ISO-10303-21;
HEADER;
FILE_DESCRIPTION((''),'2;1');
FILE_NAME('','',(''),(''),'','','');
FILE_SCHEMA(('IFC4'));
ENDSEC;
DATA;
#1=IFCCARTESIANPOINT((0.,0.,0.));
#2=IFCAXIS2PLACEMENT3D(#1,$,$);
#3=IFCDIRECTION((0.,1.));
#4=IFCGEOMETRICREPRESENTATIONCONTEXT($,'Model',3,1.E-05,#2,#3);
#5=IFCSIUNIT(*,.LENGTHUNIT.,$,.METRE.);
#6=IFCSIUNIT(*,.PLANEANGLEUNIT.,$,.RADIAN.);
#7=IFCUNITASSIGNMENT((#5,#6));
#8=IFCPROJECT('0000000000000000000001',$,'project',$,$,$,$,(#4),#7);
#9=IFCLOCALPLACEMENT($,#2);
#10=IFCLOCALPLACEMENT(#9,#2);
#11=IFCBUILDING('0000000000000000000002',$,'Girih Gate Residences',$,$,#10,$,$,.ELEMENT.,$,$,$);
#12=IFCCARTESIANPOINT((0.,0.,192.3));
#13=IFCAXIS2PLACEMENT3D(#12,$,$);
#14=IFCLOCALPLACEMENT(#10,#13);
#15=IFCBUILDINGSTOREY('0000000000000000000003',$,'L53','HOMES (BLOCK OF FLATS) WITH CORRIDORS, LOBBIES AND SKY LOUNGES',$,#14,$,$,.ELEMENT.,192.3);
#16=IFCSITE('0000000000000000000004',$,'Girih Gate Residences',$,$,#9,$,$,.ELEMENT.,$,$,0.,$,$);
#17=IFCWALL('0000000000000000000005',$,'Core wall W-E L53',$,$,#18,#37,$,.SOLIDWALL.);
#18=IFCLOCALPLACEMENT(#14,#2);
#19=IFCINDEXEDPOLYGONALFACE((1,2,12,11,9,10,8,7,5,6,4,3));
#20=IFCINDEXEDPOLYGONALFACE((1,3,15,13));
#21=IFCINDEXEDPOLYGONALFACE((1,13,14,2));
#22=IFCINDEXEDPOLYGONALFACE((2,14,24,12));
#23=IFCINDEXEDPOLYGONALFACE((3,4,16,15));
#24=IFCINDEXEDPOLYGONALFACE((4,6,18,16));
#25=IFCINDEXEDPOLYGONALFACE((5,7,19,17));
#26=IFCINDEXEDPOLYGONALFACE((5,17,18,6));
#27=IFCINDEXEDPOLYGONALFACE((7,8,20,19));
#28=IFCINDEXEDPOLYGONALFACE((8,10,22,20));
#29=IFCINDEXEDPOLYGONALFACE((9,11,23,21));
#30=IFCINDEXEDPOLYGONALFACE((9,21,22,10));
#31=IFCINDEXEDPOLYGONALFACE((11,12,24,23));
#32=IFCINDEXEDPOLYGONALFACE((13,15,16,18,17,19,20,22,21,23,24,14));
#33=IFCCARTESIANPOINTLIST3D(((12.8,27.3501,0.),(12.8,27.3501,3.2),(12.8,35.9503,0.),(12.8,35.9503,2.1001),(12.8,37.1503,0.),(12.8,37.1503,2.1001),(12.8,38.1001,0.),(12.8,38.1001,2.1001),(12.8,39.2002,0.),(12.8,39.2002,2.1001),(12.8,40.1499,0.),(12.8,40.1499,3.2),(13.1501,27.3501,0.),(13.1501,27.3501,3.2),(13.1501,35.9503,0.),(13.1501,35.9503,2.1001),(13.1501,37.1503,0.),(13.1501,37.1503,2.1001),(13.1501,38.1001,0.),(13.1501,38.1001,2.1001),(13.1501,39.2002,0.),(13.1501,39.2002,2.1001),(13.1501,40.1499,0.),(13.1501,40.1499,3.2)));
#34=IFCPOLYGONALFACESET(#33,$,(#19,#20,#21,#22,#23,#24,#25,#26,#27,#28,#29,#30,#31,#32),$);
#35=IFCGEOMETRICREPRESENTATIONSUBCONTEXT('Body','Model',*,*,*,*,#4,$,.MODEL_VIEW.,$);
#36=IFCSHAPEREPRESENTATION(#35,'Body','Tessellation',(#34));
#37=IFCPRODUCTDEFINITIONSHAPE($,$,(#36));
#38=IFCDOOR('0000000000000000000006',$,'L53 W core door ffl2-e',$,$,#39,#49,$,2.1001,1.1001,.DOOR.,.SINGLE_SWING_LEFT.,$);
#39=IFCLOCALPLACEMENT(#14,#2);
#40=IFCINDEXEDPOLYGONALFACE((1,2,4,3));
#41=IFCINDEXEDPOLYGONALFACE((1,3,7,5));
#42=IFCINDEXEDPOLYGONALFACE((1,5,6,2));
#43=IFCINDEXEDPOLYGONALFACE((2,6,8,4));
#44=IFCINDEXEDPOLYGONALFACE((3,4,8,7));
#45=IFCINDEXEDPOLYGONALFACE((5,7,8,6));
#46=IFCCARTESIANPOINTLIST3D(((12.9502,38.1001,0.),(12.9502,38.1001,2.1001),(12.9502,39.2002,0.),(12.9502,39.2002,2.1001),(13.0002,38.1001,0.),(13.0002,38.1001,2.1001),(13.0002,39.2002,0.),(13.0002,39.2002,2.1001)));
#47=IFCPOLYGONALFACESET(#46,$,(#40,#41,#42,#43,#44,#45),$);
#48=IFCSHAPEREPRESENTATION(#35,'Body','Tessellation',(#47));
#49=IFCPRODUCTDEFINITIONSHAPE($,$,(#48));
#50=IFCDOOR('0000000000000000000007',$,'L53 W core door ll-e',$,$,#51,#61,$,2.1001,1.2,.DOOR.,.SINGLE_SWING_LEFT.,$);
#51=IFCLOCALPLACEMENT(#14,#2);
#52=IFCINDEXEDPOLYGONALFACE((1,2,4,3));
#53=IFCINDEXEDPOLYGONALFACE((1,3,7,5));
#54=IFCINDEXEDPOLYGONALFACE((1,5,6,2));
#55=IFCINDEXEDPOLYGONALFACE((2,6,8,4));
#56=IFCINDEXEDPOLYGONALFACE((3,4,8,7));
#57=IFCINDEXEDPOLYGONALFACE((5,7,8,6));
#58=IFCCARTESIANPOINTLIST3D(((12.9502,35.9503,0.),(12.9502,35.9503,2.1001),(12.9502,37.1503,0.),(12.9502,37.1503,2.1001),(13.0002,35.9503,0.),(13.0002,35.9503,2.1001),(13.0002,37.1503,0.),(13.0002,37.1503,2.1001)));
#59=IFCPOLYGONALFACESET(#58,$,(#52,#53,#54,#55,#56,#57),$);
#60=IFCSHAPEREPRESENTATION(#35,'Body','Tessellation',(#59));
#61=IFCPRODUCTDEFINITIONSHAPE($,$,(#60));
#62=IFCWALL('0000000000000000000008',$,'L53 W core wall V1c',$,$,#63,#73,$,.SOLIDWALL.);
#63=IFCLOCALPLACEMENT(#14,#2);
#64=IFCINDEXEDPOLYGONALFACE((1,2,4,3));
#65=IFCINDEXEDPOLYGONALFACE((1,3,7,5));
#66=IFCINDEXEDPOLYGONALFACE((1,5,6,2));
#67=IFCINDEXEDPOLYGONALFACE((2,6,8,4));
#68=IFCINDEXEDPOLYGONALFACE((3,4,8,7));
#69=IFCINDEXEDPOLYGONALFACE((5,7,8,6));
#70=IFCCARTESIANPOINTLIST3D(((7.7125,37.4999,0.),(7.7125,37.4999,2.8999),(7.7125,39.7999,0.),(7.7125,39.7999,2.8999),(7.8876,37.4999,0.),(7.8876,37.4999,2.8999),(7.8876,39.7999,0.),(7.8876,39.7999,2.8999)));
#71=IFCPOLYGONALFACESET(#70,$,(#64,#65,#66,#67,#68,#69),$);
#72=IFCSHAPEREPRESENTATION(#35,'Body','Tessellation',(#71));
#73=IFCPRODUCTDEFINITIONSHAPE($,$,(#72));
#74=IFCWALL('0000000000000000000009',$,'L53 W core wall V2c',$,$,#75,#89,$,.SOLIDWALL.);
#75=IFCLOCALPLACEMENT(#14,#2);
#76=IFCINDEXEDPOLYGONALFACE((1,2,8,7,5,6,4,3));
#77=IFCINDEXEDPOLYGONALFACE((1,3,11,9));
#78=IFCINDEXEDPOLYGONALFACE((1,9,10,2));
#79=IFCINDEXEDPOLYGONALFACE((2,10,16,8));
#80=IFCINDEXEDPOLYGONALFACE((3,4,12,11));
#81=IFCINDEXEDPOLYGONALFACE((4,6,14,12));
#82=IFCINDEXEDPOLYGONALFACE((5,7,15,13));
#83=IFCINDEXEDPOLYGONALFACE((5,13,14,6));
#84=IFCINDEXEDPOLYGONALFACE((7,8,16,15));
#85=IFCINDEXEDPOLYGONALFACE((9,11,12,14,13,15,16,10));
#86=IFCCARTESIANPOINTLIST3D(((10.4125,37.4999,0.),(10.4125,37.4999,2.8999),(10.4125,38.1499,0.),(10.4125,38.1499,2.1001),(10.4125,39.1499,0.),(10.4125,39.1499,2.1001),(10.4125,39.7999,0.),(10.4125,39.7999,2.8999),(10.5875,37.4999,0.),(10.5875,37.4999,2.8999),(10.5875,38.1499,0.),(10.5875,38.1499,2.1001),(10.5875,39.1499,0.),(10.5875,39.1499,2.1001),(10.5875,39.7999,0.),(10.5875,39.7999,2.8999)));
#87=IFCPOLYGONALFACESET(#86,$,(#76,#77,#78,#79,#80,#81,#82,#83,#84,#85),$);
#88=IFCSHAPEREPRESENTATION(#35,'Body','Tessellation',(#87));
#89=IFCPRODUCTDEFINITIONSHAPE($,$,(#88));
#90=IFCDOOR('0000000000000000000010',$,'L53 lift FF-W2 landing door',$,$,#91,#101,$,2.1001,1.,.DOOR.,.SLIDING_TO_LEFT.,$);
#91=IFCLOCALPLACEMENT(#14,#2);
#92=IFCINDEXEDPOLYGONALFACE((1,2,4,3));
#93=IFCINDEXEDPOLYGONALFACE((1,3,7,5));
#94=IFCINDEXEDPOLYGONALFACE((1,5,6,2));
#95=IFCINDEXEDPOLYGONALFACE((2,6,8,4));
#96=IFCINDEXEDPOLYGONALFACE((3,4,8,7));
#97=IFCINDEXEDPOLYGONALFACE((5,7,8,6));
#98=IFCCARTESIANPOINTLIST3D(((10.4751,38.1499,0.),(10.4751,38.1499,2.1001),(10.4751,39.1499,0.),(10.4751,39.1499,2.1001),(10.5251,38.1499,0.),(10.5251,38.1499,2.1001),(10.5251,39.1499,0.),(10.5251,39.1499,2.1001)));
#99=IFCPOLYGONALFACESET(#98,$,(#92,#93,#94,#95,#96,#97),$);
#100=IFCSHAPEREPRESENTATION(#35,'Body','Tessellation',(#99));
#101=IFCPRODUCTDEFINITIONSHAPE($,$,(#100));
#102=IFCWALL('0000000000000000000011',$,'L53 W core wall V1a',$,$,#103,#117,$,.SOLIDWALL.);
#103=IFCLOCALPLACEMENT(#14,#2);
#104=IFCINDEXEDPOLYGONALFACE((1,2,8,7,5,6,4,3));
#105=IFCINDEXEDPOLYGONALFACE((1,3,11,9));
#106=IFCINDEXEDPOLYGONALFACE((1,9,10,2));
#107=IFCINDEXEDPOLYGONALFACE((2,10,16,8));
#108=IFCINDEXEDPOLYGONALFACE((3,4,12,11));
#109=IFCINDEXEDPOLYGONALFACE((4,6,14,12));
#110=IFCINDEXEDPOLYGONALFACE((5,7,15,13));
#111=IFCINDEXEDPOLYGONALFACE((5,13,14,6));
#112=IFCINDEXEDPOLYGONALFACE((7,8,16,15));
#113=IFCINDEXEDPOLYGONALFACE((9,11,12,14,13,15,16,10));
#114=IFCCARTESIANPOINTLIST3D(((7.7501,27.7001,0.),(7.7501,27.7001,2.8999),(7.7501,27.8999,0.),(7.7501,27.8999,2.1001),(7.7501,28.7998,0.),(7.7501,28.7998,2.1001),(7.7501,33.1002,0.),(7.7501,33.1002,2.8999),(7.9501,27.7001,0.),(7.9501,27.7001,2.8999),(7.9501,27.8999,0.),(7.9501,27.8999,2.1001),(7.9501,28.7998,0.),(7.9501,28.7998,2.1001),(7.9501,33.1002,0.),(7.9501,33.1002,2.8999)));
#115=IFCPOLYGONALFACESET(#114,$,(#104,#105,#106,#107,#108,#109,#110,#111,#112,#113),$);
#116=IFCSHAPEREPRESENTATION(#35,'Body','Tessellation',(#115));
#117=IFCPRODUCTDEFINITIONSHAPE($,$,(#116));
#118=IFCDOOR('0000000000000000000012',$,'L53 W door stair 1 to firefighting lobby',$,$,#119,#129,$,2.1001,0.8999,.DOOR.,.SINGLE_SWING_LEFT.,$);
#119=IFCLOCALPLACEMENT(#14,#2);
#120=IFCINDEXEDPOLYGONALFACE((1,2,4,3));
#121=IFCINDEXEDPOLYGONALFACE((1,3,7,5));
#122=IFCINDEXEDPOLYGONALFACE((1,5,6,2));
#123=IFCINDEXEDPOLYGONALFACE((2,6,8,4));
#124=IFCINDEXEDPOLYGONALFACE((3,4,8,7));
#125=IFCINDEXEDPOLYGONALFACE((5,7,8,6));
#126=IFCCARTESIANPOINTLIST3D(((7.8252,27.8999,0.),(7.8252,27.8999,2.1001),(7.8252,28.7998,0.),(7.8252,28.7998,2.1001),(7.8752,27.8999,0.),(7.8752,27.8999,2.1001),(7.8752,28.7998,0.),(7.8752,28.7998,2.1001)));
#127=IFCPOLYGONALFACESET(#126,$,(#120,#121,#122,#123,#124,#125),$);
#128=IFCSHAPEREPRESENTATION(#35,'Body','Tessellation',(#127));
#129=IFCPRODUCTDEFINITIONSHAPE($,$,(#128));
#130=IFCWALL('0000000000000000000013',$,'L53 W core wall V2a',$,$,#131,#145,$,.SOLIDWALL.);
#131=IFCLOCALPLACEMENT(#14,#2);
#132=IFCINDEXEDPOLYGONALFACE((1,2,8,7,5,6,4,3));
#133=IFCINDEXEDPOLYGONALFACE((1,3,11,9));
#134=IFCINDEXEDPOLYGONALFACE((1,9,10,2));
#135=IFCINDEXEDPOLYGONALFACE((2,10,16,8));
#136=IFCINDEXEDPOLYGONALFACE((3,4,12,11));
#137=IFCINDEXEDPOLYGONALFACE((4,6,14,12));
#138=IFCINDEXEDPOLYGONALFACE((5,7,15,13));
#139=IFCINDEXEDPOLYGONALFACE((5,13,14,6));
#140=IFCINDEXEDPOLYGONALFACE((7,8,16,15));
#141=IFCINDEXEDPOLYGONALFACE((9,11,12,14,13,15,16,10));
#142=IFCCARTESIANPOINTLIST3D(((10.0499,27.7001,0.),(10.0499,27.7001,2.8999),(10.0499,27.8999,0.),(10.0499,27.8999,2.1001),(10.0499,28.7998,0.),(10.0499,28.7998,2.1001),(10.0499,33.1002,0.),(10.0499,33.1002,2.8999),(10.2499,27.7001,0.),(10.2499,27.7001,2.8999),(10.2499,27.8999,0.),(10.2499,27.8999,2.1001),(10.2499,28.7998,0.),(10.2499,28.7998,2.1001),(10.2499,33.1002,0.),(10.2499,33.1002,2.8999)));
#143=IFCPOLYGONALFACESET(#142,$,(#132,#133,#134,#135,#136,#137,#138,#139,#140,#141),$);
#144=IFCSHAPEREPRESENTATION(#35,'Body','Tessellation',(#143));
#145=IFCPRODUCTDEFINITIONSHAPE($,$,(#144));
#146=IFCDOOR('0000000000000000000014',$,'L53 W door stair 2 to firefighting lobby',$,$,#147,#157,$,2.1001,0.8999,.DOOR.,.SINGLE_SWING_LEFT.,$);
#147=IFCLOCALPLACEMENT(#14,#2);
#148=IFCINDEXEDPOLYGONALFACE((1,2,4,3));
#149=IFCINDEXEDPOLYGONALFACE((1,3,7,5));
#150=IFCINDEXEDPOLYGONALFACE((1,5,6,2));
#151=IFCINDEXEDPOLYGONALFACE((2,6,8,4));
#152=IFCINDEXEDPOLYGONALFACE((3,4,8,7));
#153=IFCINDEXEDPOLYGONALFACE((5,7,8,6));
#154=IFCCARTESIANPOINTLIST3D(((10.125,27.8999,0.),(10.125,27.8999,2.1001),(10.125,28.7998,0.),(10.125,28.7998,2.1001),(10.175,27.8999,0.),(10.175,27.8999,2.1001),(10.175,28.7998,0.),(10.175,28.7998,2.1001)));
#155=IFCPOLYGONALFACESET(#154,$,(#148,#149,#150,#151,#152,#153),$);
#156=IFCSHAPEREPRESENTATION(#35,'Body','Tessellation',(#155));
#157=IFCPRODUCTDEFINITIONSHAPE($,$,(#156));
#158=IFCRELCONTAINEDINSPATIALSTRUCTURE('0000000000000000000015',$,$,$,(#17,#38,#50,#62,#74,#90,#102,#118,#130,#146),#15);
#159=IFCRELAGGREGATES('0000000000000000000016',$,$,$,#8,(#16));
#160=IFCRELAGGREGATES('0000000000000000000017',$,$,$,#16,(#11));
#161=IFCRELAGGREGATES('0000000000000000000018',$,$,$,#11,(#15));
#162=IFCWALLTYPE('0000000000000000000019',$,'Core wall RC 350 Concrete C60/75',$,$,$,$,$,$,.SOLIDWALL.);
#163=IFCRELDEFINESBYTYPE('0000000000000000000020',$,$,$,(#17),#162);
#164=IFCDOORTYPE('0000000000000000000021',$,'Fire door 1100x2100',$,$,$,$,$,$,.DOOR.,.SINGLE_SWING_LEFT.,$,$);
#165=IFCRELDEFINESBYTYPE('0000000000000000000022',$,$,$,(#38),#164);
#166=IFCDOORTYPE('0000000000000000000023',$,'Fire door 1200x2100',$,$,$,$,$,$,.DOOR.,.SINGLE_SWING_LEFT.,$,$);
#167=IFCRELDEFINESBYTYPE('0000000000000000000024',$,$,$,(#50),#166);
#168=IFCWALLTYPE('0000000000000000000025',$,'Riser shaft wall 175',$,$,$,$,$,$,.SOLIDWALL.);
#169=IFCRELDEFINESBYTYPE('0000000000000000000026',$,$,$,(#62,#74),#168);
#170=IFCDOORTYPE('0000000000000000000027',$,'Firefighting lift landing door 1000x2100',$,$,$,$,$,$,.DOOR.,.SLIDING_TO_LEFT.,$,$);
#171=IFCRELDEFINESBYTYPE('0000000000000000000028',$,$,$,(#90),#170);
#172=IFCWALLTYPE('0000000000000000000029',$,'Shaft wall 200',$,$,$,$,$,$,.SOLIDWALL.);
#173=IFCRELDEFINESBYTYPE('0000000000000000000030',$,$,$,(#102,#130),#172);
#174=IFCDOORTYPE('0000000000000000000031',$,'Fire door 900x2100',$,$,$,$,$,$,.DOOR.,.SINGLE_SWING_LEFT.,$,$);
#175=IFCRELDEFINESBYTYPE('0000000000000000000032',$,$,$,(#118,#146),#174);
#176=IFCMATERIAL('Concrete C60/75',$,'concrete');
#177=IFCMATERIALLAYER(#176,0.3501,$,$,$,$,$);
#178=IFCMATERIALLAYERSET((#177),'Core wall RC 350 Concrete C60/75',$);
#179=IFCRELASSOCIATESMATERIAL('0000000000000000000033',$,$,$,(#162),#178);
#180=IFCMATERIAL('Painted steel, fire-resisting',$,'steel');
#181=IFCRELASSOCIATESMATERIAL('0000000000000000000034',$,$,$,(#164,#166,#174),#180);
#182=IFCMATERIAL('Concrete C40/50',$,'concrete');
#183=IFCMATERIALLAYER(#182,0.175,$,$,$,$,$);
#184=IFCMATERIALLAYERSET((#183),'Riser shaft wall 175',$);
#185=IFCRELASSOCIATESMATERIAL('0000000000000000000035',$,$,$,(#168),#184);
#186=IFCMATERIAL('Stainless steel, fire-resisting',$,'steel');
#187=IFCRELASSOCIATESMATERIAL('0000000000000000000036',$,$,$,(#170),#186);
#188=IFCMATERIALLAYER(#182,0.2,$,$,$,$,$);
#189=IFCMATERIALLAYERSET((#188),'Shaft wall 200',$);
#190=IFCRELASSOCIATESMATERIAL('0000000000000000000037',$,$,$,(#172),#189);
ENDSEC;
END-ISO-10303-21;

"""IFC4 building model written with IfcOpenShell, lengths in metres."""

from ifc_helpers import new_model, si_unit, direction, frame, frame_2d, origin, place, context, subcontext, project, spatial, rectangle, extrude, material, layer, layer_set, type_object, element, fill, save


model = new_model("IFC4")

# Units and contexts
model_context = context("Model", 3, precision=1e-05, world=origin(), true_north=direction((0.0, 1.0)))
body_context = subcontext(model_context, "Body", "Model", "MODEL_VIEW")
ifc_project = project(units=[si_unit("LENGTHUNIT", "METRE"), si_unit("PLANEANGLEUNIT", "RADIAN")], contexts=[model_context])

# Site, building, storey
site_placement = place(None, origin())
site = spatial("IfcSite", under=ifc_project, at=site_placement, Name="Girih Gate Residences", CompositionType="ELEMENT", RefElevation=0.0)
building_placement = place(site_placement, origin())
building = spatial("IfcBuilding", under=site, at=building_placement, Name="Girih Gate Residences", CompositionType="ELEMENT")
storey_placement = place(building_placement, frame((0.0, 0.0, 192.3)))
storey = spatial("IfcBuildingStorey", under=building, at=storey_placement, Name="L53", Description="HOMES (BLOCK OF FLATS) WITH CORRIDORS, LOBBIES AND SKY LOUNGES", CompositionType="ELEMENT", Elevation=192.3)

# Wall, openings, doors
ifc_material_1 = material(Name="Concrete C60/75", Category="concrete")
ifc_layer_1 = layer(ifc_material_1, 0.3501)
ifc_layer_set_1 = layer_set([ifc_layer_1], Name="Core wall RC 350 Concrete C60/75")
wall_type_1 = type_object("IfcWallType", Name="Core wall RC 350 Concrete C60/75", PredefinedType="SOLIDWALL", material=ifc_layer_set_1)
wall_1_placement = place(storey_placement, frame((12.9751, 27.3501, 0.0), z_axis=(0.0, 0.0, 1.0), x_axis=(0.0, 1.0, 0.0)))
wall_1 = element("IfcWall", 1, at=wall_1_placement, inside=storey, type_object=wall_type_1, Name="Core wall W-E L53", PredefinedType="SOLIDWALL", context=body_context, shape_type="SweptSolid", body=[
    extrude(rectangle(XDim=12.7998, YDim=0.3501, at=frame_2d((6.3999, 0.0))), origin(), (0.0, 0.0, 1.0), 3.2),
])
opening_1_placement = place(wall_1_placement, frame((10.75, 0.0, 0.0)))
opening_1 = element("IfcOpeningElement", 2, at=opening_1_placement, cuts=wall_1, PredefinedType="OPENING", context=body_context, shape_type="SweptSolid", body=[
    extrude(rectangle(XDim=1.1001, YDim=2.1001, at=frame_2d((0.55, 1.05))), frame((0.0, 0.1851, 0.0), z_axis=(0.0, -1.0, 0.0), x_axis=(1.0, 0.0, 0.0)), (0.0, 0.0, 1.0), 0.3701),
])
opening_2_placement = place(wall_1_placement, frame((8.6001, 0.0, 0.0)))
opening_2 = element("IfcOpeningElement", 3, at=opening_2_placement, cuts=wall_1, PredefinedType="OPENING", context=body_context, shape_type="SweptSolid", body=[
    extrude(rectangle(XDim=1.2, YDim=2.1001, at=frame_2d((0.6001, 1.05))), frame((0.0, 0.1851, 0.0), z_axis=(0.0, -1.0, 0.0), x_axis=(1.0, 0.0, 0.0)), (0.0, 0.0, 1.0), 0.3701),
])
ifc_material_2 = material(Name="Painted steel, fire-resisting", Category="steel")
door_type_1 = type_object("IfcDoorType", Name="Fire door 1100x2100", OperationType="SINGLE_SWING_LEFT", PredefinedType="DOOR", material=ifc_material_2)
door_1_placement = place(opening_1_placement, origin())
door_1 = element("IfcDoor", 4, at=door_1_placement, inside=storey, type_object=door_type_1, Name="L53 W core door ffl2-e", OperationType="SINGLE_SWING_LEFT", OverallHeight=2.1001, OverallWidth=1.1001, PredefinedType="DOOR", context=body_context, shape_type="SweptSolid", body=[
    extrude(rectangle(XDim=1.1001, YDim=2.1001, at=frame_2d((0.55, 1.05))), frame((0.0, 0.0249, 0.0), z_axis=(0.0, -1.0, 0.0), x_axis=(1.0, 0.0, 0.0)), (0.0, 0.0, 1.0), 0.05),
])
fill(opening_1, door_1)
door_type_2 = type_object("IfcDoorType", Name="Fire door 1200x2100", OperationType="SINGLE_SWING_LEFT", PredefinedType="DOOR", material=ifc_material_2)
door_2_placement = place(opening_2_placement, origin())
door_2 = element("IfcDoor", 5, at=door_2_placement, inside=storey, type_object=door_type_2, Name="L53 W core door ll-e", OperationType="SINGLE_SWING_LEFT", OverallHeight=2.1001, OverallWidth=1.2, PredefinedType="DOOR", context=body_context, shape_type="SweptSolid", body=[
    extrude(rectangle(XDim=1.2, YDim=2.1001, at=frame_2d((0.6001, 1.05))), frame((0.0, 0.0249, 0.0), z_axis=(0.0, -1.0, 0.0), x_axis=(1.0, 0.0, 0.0)), (0.0, 0.0, 1.0), 0.05),
])
fill(opening_2, door_2)

# Wall
ifc_material_3 = material(Name="Concrete C40/50", Category="concrete")
ifc_layer_2 = layer(ifc_material_3, 0.175)
ifc_layer_set_2 = layer_set([ifc_layer_2], Name="Riser shaft wall 175")
wall_type_2 = type_object("IfcWallType", Name="Riser shaft wall 175", PredefinedType="SOLIDWALL", material=ifc_layer_set_2)
wall_2_placement = place(storey_placement, frame((7.8, 37.5, 0.0), z_axis=(0.0, 0.0, 1.0), x_axis=(0.0, 1.0, 0.0)))
element("IfcWall", 6, at=wall_2_placement, inside=storey, type_object=wall_type_2, Name="L53 W core wall V1c", PredefinedType="SOLIDWALL", context=body_context, shape_type="SweptSolid", body=[
    extrude(rectangle(XDim=2.3, YDim=0.175, at=frame_2d((1.1499, 0.0))), origin(), (0.0, 0.0, 1.0), 2.8999),
])

# Walls, openings, doors
wall_3_placement = place(storey_placement, frame((10.5, 37.5, 0.0), z_axis=(0.0, 0.0, 1.0), x_axis=(0.0, 1.0, 0.0)))
wall_3 = element("IfcWall", 7, at=wall_3_placement, inside=storey, type_object=wall_type_2, Name="L53 W core wall V2c", PredefinedType="SOLIDWALL", context=body_context, shape_type="SweptSolid", body=[
    extrude(rectangle(XDim=2.3, YDim=0.175, at=frame_2d((1.1499, 0.0))), origin(), (0.0, 0.0, 1.0), 2.8999),
])
opening_3_placement = place(wall_3_placement, frame((0.6499, 0.0, 0.0)))
opening_3 = element("IfcOpeningElement", 8, at=opening_3_placement, cuts=wall_3, PredefinedType="OPENING", context=body_context, shape_type="SweptSolid", body=[
    extrude(rectangle(XDim=1.0, YDim=2.1001, at=frame_2d((0.5, 1.05))), frame((0.0, 0.0974, 0.0), z_axis=(0.0, -1.0, 0.0), x_axis=(1.0, 0.0, 0.0)), (0.0, 0.0, 1.0), 0.1951),
])
ifc_material_4 = material(Name="Stainless steel, fire-resisting", Category="steel")
door_type_3 = type_object("IfcDoorType", Name="Firefighting lift landing door 1000x2100", OperationType="SLIDING_TO_LEFT", PredefinedType="DOOR", material=ifc_material_4)
door_3_placement = place(opening_3_placement, origin())
door_3 = element("IfcDoor", 9, at=door_3_placement, inside=storey, type_object=door_type_3, Name="L53 lift FF-W2 landing door", OperationType="SLIDING_TO_LEFT", OverallHeight=2.1001, OverallWidth=1.0, PredefinedType="DOOR", context=body_context, shape_type="SweptSolid", body=[
    extrude(rectangle(XDim=1.0, YDim=2.1001, at=frame_2d((0.5, 1.05))), frame((0.0, 0.0249, 0.0), z_axis=(0.0, -1.0, 0.0), x_axis=(1.0, 0.0, 0.0)), (0.0, 0.0, 1.0), 0.05),
])
fill(opening_3, door_3)
ifc_layer_3 = layer(ifc_material_3, 0.2)
ifc_layer_set_3 = layer_set([ifc_layer_3], Name="Shaft wall 200")
wall_type_3 = type_object("IfcWallType", Name="Shaft wall 200", PredefinedType="SOLIDWALL", material=ifc_layer_set_3)
wall_4_placement = place(storey_placement, frame((7.8501, 27.7, 0.0), z_axis=(0.0, 0.0, 1.0), x_axis=(0.0, 1.0, 0.0)))
wall_4 = element("IfcWall", 10, at=wall_4_placement, inside=storey, type_object=wall_type_3, Name="L53 W core wall V1a", PredefinedType="SOLIDWALL", context=body_context, shape_type="SweptSolid", body=[
    extrude(rectangle(XDim=5.4001, YDim=0.2, at=frame_2d((2.7002, 0.0))), origin(), (0.0, 0.0, 1.0), 2.8999),
])
opening_4_placement = place(wall_4_placement, frame((0.2, 0.0, 0.0)))
opening_4 = element("IfcOpeningElement", 11, at=opening_4_placement, cuts=wall_4, PredefinedType="OPENING", context=body_context, shape_type="SweptSolid", body=[
    extrude(rectangle(XDim=0.8999, YDim=2.1001, at=frame_2d((0.45, 1.05))), frame((0.0, 0.1099, 0.0), z_axis=(0.0, -1.0, 0.0), x_axis=(1.0, 0.0, 0.0)), (0.0, 0.0, 1.0), 0.22),
])
door_type_4 = type_object("IfcDoorType", Name="Fire door 900x2100", OperationType="SINGLE_SWING_LEFT", PredefinedType="DOOR", material=ifc_material_2)
door_4_placement = place(opening_4_placement, origin())
door_4 = element("IfcDoor", 12, at=door_4_placement, inside=storey, type_object=door_type_4, Name="L53 W door stair 1 to firefighting lobby", OperationType="SINGLE_SWING_LEFT", OverallHeight=2.1001, OverallWidth=0.8999, PredefinedType="DOOR", context=body_context, shape_type="SweptSolid", body=[
    extrude(rectangle(XDim=0.8999, YDim=2.1001, at=frame_2d((0.45, 1.05))), frame((0.0, 0.0249, 0.0), z_axis=(0.0, -1.0, 0.0), x_axis=(1.0, 0.0, 0.0)), (0.0, 0.0, 1.0), 0.05),
])
fill(opening_4, door_4)
wall_5_placement = place(storey_placement, frame((10.1499, 27.7, 0.0), z_axis=(0.0, 0.0, 1.0), x_axis=(0.0, 1.0, 0.0)))
wall_5 = element("IfcWall", 13, at=wall_5_placement, inside=storey, type_object=wall_type_3, Name="L53 W core wall V2a", PredefinedType="SOLIDWALL", context=body_context, shape_type="SweptSolid", body=[
    extrude(rectangle(XDim=5.4001, YDim=0.2, at=frame_2d((2.7002, 0.0))), origin(), (0.0, 0.0, 1.0), 2.8999),
])
opening_5_placement = place(wall_5_placement, frame((0.2, 0.0, 0.0)))
opening_5 = element("IfcOpeningElement", 14, at=opening_5_placement, cuts=wall_5, PredefinedType="OPENING", context=body_context, shape_type="SweptSolid", body=[
    extrude(rectangle(XDim=0.8999, YDim=2.1001, at=frame_2d((0.45, 1.05))), frame((0.0, 0.1099, 0.0), z_axis=(0.0, -1.0, 0.0), x_axis=(1.0, 0.0, 0.0)), (0.0, 0.0, 1.0), 0.22),
])
door_5_placement = place(opening_5_placement, origin())
door_5 = element("IfcDoor", 15, at=door_5_placement, inside=storey, type_object=door_type_4, Name="L53 W door stair 2 to firefighting lobby", OperationType="SINGLE_SWING_LEFT", OverallHeight=2.1001, OverallWidth=0.8999, PredefinedType="DOOR", context=body_context, shape_type="SweptSolid", body=[
    extrude(rectangle(XDim=0.8999, YDim=2.1001, at=frame_2d((0.45, 1.05))), frame((0.0, 0.0249, 0.0), z_axis=(0.0, -1.0, 0.0), x_axis=(1.0, 0.0, 0.0)), (0.0, 0.0, 1.0), 0.05),
])
fill(opening_5, door_5)

save(model, "model.ifc")
